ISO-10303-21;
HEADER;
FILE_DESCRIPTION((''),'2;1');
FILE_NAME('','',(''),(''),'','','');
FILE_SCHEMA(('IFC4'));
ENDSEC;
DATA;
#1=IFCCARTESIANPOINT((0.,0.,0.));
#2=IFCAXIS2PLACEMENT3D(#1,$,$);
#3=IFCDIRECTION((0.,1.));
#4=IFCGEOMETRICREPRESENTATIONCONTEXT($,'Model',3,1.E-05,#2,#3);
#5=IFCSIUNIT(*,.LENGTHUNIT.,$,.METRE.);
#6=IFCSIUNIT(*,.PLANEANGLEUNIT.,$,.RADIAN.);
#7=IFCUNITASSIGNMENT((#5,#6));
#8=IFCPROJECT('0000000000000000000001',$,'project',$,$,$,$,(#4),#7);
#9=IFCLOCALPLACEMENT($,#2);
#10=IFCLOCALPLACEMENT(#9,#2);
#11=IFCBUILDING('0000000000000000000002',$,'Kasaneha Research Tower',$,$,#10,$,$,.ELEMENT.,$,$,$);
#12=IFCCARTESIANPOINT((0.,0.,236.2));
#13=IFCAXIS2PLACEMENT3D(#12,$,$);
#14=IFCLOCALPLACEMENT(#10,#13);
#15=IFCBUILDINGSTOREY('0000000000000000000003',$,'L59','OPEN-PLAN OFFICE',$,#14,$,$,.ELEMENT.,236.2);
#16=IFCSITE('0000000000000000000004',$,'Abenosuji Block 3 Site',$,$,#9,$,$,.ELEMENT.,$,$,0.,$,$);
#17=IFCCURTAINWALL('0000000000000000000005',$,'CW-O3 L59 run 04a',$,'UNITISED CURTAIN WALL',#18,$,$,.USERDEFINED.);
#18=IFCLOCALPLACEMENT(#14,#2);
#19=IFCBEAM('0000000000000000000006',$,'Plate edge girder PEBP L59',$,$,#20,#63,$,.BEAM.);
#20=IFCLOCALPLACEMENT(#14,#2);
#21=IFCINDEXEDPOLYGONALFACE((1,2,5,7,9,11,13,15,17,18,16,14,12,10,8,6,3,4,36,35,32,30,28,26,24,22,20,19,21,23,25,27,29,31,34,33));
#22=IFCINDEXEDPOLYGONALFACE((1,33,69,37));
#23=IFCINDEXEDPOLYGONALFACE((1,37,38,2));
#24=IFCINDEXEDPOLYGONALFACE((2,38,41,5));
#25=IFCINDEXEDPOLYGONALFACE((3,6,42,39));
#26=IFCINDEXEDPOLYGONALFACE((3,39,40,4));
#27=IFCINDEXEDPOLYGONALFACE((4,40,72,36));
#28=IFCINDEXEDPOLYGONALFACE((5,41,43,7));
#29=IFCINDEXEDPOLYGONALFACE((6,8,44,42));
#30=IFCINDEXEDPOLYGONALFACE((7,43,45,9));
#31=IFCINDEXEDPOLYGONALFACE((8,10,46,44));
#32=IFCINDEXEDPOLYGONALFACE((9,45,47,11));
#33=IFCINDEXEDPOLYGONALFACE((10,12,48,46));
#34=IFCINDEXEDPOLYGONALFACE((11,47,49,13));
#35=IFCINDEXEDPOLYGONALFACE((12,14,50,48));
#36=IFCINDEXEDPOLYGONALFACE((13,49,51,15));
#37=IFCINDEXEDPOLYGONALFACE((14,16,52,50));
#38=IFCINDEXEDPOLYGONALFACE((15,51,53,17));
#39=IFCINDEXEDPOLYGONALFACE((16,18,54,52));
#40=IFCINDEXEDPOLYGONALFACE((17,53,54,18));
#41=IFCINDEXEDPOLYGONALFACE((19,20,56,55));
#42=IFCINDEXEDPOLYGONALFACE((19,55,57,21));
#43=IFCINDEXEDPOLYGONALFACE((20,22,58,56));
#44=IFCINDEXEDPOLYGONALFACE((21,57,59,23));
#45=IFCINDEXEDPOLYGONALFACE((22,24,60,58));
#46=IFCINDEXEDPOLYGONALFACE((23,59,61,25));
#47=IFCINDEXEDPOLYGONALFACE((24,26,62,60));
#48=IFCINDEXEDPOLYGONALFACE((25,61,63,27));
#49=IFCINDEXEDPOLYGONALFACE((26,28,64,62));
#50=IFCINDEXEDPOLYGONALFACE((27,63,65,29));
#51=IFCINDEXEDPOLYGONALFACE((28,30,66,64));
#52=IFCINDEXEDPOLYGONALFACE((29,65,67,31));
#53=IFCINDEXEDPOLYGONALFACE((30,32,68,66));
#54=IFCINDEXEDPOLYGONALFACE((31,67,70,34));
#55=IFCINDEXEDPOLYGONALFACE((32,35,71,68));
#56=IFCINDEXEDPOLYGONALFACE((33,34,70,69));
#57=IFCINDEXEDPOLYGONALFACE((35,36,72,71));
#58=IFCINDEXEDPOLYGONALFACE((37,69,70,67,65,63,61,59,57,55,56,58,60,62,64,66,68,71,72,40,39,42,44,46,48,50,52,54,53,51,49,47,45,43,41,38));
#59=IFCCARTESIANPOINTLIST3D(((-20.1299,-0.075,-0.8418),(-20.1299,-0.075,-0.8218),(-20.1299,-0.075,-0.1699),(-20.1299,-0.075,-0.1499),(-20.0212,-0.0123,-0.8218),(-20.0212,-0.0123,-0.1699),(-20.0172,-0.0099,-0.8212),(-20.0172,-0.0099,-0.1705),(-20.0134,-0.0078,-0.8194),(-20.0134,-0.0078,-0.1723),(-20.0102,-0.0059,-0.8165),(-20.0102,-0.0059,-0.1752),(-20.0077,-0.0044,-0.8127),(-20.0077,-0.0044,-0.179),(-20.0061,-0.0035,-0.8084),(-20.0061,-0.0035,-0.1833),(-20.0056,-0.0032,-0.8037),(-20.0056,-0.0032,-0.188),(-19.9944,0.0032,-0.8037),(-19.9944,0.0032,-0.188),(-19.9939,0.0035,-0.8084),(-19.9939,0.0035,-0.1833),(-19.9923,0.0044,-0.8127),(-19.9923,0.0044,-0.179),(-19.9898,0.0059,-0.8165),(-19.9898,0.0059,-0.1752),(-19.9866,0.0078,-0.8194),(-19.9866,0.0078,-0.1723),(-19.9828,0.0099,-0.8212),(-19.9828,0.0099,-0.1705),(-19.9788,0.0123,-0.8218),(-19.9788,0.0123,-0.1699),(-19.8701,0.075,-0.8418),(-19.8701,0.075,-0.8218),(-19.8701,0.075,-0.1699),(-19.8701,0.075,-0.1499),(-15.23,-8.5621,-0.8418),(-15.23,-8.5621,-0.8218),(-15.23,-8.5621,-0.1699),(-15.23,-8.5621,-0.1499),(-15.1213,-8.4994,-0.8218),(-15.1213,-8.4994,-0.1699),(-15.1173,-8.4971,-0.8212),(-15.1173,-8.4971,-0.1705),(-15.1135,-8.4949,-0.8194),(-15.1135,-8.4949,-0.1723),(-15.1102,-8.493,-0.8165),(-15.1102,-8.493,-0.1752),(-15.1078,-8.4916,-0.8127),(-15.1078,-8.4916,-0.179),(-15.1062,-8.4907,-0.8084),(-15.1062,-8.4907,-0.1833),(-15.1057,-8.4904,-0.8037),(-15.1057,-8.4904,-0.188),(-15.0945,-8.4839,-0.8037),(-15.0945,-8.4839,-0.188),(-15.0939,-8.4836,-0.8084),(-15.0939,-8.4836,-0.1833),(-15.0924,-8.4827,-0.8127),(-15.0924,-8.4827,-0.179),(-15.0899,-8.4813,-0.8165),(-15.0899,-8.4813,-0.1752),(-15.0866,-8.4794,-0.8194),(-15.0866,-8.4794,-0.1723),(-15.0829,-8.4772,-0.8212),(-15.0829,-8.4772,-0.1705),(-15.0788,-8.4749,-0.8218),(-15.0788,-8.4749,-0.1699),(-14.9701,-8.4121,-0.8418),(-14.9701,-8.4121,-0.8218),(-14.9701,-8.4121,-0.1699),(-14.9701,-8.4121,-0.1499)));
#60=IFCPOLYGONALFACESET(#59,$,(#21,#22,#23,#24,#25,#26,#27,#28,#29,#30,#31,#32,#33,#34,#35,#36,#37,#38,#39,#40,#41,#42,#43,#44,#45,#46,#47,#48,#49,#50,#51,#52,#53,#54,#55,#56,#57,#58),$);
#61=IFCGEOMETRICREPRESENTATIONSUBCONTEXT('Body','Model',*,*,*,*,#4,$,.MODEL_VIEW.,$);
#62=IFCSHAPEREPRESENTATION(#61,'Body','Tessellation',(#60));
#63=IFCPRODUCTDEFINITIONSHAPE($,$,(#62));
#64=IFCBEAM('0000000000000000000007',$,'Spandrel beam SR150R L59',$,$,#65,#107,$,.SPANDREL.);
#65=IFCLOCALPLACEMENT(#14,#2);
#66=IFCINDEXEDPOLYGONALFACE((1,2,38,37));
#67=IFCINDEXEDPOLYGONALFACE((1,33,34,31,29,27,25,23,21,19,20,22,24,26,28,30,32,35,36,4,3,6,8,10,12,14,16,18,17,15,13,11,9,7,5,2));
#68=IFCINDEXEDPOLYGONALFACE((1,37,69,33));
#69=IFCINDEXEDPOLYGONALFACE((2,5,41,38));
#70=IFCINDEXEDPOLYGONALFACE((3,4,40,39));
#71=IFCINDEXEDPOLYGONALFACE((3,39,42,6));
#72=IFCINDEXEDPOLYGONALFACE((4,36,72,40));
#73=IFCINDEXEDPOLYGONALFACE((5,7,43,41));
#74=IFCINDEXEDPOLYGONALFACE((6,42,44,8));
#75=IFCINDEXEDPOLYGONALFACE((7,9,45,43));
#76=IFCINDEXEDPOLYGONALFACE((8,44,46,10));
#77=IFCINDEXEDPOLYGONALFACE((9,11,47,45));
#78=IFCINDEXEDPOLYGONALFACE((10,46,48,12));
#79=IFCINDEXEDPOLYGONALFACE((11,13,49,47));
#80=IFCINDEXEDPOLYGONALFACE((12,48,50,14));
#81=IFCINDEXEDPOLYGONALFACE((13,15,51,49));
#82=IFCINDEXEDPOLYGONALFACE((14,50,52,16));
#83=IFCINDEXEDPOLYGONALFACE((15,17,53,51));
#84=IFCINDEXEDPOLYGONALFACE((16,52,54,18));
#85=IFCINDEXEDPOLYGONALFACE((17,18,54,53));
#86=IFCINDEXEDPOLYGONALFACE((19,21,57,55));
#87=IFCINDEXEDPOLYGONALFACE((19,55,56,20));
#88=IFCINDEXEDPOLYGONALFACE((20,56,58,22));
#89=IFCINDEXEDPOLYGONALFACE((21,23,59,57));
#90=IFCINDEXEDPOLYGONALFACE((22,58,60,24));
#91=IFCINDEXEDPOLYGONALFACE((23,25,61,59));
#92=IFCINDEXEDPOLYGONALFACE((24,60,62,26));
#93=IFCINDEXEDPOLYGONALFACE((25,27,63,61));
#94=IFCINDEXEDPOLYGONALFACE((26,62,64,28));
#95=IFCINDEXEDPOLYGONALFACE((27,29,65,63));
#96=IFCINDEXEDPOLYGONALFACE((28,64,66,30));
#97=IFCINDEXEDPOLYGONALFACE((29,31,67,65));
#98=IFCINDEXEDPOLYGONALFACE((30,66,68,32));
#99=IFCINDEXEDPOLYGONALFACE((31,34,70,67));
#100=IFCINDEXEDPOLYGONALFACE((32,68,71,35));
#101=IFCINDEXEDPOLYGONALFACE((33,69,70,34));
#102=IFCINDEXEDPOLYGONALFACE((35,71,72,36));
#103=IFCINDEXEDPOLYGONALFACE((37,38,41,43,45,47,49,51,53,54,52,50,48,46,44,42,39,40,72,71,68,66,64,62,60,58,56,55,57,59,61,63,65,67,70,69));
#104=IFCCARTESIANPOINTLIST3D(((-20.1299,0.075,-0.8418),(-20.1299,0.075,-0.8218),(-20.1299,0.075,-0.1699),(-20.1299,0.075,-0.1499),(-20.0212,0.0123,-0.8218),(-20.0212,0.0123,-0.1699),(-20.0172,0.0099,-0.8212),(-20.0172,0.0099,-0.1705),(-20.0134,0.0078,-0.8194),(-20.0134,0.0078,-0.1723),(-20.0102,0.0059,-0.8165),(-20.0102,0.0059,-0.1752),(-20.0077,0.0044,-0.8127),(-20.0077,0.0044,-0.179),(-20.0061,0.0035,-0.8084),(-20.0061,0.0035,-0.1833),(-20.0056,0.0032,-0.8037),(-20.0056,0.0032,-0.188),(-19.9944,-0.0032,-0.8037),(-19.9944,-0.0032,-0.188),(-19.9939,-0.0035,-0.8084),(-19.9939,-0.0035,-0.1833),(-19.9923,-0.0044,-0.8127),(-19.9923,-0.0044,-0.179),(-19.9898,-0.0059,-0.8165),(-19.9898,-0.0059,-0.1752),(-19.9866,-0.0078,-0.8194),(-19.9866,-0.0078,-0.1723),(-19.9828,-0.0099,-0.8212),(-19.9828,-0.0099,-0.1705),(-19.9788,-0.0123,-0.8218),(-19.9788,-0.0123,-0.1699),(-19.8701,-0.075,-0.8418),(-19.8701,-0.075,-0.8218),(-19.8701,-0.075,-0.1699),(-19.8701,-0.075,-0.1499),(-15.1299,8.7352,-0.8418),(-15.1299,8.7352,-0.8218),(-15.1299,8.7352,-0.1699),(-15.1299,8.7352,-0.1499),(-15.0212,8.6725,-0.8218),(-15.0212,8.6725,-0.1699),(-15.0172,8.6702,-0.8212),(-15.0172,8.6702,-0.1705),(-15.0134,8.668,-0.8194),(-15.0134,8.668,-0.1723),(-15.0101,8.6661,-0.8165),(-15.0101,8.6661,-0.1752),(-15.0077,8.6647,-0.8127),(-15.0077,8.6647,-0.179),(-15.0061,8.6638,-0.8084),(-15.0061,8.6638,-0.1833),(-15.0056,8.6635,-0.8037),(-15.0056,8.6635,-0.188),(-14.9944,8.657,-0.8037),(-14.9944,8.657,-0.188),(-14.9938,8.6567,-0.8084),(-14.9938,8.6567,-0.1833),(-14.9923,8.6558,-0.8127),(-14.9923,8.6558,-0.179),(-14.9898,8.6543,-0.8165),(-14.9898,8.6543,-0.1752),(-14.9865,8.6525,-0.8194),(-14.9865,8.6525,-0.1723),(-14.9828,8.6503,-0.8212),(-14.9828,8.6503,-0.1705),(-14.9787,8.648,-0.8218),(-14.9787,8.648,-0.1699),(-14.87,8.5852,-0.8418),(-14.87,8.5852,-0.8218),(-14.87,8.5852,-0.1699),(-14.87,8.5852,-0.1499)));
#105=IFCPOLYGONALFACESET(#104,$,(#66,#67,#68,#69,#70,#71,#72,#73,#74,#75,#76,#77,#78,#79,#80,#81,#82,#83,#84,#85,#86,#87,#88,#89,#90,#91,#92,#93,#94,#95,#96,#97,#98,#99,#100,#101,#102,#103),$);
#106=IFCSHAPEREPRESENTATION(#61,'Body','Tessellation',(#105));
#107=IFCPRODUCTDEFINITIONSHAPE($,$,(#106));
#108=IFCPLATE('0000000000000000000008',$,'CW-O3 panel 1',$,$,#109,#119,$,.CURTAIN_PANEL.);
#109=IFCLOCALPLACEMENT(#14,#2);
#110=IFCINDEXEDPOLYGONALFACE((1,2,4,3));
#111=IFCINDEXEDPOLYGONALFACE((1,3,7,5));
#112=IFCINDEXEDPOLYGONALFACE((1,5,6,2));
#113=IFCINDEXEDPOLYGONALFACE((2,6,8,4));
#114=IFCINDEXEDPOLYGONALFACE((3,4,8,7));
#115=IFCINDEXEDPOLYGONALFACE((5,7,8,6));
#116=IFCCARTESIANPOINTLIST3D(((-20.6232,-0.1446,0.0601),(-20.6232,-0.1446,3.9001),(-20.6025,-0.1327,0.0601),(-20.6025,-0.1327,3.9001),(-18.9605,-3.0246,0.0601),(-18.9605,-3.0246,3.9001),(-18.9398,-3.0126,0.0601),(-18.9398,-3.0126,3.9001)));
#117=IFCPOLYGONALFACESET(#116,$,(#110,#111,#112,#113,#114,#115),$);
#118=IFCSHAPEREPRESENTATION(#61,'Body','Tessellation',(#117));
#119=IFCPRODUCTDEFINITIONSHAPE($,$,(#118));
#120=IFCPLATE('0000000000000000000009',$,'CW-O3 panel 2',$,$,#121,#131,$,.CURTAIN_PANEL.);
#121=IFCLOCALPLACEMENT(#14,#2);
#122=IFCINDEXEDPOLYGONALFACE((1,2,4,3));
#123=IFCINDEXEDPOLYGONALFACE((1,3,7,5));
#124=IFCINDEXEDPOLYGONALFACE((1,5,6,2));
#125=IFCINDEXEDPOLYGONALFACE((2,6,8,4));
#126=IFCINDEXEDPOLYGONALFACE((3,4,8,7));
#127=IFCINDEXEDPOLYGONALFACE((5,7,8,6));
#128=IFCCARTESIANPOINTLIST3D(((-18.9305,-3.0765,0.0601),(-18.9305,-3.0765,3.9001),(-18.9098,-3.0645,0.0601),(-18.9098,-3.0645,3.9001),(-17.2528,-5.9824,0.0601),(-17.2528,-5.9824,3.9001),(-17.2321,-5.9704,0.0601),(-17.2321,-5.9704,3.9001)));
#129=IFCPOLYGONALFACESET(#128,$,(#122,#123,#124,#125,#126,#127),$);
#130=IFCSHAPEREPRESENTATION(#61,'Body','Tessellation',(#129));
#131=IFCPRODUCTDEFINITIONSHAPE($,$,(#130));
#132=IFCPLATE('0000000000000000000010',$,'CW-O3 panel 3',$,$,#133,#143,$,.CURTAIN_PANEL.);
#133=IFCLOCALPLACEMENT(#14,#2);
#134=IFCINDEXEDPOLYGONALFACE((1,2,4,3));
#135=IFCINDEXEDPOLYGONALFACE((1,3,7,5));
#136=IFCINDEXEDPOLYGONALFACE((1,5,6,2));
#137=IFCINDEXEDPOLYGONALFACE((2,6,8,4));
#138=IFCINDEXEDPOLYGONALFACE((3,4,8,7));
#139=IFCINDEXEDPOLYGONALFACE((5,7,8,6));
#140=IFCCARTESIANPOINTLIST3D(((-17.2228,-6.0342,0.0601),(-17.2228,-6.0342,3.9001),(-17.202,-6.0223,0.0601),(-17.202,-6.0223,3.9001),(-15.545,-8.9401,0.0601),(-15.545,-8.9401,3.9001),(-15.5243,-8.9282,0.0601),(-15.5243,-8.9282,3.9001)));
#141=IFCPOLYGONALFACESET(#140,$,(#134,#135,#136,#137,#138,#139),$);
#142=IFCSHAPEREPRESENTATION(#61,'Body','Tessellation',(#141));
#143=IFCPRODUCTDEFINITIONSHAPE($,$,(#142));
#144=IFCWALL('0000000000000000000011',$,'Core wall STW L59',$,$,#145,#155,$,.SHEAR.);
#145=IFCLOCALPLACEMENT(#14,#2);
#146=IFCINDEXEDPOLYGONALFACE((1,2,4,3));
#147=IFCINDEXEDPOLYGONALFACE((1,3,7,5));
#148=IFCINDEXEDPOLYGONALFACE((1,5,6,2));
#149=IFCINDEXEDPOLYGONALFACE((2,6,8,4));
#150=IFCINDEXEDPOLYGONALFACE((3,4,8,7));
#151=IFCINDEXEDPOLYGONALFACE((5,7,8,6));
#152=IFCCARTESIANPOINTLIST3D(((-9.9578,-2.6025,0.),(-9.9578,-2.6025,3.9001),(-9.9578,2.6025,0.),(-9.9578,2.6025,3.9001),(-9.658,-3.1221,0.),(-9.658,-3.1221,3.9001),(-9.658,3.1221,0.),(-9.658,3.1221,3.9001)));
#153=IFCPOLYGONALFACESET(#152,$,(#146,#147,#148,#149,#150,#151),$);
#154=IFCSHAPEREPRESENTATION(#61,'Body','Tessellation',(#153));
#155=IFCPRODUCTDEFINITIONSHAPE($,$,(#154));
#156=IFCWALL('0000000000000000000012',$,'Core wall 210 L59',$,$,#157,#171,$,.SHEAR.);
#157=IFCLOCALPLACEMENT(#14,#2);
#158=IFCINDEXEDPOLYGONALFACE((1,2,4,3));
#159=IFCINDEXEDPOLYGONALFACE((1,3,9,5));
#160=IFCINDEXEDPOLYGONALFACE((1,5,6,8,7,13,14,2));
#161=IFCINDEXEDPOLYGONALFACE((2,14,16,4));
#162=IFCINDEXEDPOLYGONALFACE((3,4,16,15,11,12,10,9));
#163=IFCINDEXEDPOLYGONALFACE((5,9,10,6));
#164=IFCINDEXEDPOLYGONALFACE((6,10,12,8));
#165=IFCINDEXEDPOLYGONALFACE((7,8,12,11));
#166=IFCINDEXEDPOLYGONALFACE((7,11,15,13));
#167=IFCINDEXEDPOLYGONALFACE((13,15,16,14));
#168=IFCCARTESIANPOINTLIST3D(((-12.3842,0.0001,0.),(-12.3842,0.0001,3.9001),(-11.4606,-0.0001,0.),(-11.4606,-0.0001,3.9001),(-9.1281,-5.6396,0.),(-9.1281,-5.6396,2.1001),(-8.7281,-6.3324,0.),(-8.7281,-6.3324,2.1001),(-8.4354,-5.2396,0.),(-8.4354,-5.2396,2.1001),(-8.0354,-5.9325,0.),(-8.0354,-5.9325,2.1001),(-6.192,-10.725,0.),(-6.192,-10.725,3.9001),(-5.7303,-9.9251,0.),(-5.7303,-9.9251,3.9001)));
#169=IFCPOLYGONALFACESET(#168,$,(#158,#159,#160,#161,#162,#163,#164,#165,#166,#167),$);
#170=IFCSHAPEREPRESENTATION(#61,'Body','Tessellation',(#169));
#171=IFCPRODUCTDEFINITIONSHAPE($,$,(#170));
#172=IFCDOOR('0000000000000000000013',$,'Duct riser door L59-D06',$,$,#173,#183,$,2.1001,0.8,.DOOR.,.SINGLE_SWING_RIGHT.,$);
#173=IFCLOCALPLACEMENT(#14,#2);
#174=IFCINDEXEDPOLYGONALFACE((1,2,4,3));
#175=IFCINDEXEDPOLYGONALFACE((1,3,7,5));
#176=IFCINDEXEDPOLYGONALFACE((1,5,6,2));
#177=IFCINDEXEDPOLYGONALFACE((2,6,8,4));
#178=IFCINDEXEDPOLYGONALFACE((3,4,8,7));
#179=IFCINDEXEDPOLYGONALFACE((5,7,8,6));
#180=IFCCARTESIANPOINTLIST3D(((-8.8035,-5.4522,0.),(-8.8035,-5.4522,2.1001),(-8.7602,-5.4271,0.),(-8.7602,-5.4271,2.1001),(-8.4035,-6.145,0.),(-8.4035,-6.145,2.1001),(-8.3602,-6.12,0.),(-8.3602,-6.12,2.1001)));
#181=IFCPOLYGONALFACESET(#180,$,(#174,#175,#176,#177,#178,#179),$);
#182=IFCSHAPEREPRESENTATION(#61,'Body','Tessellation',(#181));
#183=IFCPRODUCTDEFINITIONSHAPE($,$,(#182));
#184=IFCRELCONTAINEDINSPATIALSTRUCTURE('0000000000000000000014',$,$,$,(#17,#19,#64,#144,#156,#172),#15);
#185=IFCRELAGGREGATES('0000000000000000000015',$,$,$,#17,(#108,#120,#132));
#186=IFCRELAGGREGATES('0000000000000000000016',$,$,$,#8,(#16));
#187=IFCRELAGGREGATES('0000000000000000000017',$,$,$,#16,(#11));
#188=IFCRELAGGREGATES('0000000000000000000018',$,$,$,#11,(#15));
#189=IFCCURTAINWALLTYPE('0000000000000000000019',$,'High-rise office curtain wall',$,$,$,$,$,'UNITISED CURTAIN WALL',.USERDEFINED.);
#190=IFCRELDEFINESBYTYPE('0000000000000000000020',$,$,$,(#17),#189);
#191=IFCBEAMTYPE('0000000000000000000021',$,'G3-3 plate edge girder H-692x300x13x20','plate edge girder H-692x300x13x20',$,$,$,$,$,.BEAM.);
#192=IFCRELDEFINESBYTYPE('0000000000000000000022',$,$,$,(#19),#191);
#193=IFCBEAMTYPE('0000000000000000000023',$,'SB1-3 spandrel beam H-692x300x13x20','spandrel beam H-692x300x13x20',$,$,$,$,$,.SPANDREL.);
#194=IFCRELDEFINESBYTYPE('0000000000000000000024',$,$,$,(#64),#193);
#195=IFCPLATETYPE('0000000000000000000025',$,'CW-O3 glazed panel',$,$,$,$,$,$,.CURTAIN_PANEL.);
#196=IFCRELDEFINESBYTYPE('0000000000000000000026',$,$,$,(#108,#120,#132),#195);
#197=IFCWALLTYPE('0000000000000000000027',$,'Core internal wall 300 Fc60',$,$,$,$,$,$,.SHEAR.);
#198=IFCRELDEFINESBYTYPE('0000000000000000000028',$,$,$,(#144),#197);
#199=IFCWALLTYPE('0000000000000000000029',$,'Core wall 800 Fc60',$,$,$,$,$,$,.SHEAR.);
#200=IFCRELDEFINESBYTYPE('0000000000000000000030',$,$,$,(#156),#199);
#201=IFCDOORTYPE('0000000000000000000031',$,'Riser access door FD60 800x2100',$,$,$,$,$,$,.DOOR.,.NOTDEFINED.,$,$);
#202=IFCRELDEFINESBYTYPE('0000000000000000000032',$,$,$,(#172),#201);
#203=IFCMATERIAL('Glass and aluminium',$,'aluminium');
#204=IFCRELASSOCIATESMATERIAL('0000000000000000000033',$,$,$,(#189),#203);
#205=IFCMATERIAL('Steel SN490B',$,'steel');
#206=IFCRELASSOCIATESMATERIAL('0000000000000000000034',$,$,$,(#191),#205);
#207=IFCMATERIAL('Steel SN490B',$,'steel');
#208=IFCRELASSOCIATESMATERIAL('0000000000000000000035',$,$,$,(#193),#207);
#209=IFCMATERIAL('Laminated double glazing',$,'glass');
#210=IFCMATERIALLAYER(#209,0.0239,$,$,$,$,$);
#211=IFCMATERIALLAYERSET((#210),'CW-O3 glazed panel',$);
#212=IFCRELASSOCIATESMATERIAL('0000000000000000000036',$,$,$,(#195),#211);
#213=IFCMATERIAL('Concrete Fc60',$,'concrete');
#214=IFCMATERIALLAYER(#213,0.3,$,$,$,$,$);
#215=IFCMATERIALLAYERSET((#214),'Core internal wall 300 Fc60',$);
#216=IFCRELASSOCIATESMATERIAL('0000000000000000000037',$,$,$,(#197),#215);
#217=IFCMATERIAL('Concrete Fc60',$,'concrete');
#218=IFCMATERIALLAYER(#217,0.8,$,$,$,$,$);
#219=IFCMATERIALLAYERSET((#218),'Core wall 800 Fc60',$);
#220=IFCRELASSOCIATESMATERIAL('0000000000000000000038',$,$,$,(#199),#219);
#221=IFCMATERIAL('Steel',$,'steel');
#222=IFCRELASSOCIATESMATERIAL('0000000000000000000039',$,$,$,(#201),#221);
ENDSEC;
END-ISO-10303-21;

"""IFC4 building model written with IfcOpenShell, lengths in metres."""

from ifc_helpers import new_model, si_unit, direction, frame, frame_2d, origin, origin_2d, place, context, subcontext, project, spatial, polyline, rectangle, i_section, outline, extrude, material, layer, layer_set, material_profile, profile_set, type_object, element, fill, aggregate, save


model = new_model("IFC4")

# Units and contexts
model_context = context("Model", 3, precision=1e-05, world=origin(), true_north=direction((0.0, 1.0)))
body_context = subcontext(model_context, "Body", "Model", "MODEL_VIEW")
ifc_project = project(units=[si_unit("LENGTHUNIT", "METRE"), si_unit("PLANEANGLEUNIT", "RADIAN")], contexts=[model_context])

# Site, building, storey
site_placement = place(None, origin())
site = spatial("IfcSite", under=ifc_project, at=site_placement, Name="Abenosuji Block 3 Site", CompositionType="ELEMENT", RefElevation=0.0)
building_placement = place(site_placement, origin())
building = spatial("IfcBuilding", under=site, at=building_placement, Name="Kasaneha Research Tower", CompositionType="ELEMENT")
storey_placement = place(building_placement, frame((0.0, 0.0, 236.2)))
storey = spatial("IfcBuildingStorey", under=building, at=storey_placement, Name="L59", Description="OPEN-PLAN OFFICE", CompositionType="ELEMENT", Elevation=236.2)

# Curtain wall
ifc_material_1 = material(Name="Glass and aluminium", Category="aluminium")
curtain_wall_type = type_object("IfcCurtainWallType", Name="High-rise office curtain wall", ElementType="UNITISED CURTAIN WALL", PredefinedType="USERDEFINED", material=ifc_material_1)
curtain_wall_placement = place(storey_placement, origin())
curtain_wall = element("IfcCurtainWall", 1, at=curtain_wall_placement, inside=storey, type_object=curtain_wall_type, Name="CW-O3 L59 run 04a", ObjectType="UNITISED CURTAIN WALL", PredefinedType="USERDEFINED")

# Beams
ifc_material_2 = material(Name="Steel SN490B", Category="steel")
ifc_material_profile_1 = material_profile(ifc_material_2, i_section(OverallWidth=0.3, OverallDepth=0.6919, WebThickness=0.0129, FlangeThickness=0.02, FilletRadius=0.0181, at=origin_2d()), Name="H-692x300x13x20")
ifc_profile_set_1 = profile_set([ifc_material_profile_1], Name="Steel SN490B")
beam_type_1 = type_object("IfcBeamType", Name="G3-3 plate edge girder H-692x300x13x20", Description="plate edge girder H-692x300x13x20", PredefinedType="BEAM", material=ifc_profile_set_1)
beam_1_placement = place(storey_placement, frame((-20.0, 0.0, -0.4958), z_axis=(0.499992, -0.86603, 0.0), x_axis=(0.86603, 0.499992, 0.0)))
element("IfcBeam", 2, at=beam_1_placement, inside=storey, type_object=beam_type_1, Name="Plate edge girder PEBP L59", PredefinedType="BEAM", context=body_context, shape_type="SweptSolid", body=[
    extrude(i_section(OverallWidth=0.3, OverallDepth=0.6919, WebThickness=0.0129, FlangeThickness=0.02, FilletRadius=0.0181, at=origin_2d()), origin(), (0.0, 0.0, 1.0), 9.8),
])
ifc_material_3 = material(Name="Steel SN490B", Category="steel")
ifc_material_profile_2 = material_profile(ifc_material_3, i_section(OverallWidth=0.3, OverallDepth=0.6919, WebThickness=0.0129, FlangeThickness=0.02, FilletRadius=0.0181, at=origin_2d()), Name="H-692x300x13x20")
ifc_profile_set_2 = profile_set([ifc_material_profile_2], Name="Steel SN490B")
beam_type_2 = type_object("IfcBeamType", Name="SB1-3 spandrel beam H-692x300x13x20", Description="spandrel beam H-692x300x13x20", PredefinedType="SPANDREL", material=ifc_profile_set_2)
beam_2_placement = place(storey_placement, frame((-20.0, 0.0, -0.4958), z_axis=(0.500004, 0.866023, 0.0), x_axis=(-0.866023, 0.500004, 0.0)))
element("IfcBeam", 3, at=beam_2_placement, inside=storey, type_object=beam_type_2, Name="Spandrel beam SR150R L59", PredefinedType="SPANDREL", context=body_context, shape_type="SweptSolid", body=[
    extrude(i_section(OverallWidth=0.3, OverallDepth=0.6919, WebThickness=0.0129, FlangeThickness=0.02, FilletRadius=0.0181, at=origin_2d()), origin(), (0.0, 0.0, 1.0), 10.0),
])

# Plates
ifc_material_4 = material(Name="Laminated double glazing", Category="glass")
ifc_layer_1 = layer(ifc_material_4, 0.0239)
ifc_layer_set_1 = layer_set([ifc_layer_1], Name="CW-O3 glazed panel")
plate_type = type_object("IfcPlateType", Name="CW-O3 glazed panel", PredefinedType="CURTAIN_PANEL", material=ifc_layer_set_1)
plate_1_placement = place(storey_placement, frame((-19.7815, -1.5786, 0.0601), z_axis=(0.0, 0.0, 1.0), x_axis=(0.5, -0.866025, 0.0)))
plate_1 = element("IfcPlate", 4, at=plate_1_placement, type_object=plate_type, Name="CW-O3 panel 1", PredefinedType="CURTAIN_PANEL", context=body_context, shape_type="SweptSolid", body=[
    extrude(rectangle(XDim=3.3254, YDim=0.0239, at=origin_2d()), origin(), (0.0, 0.0, 1.0), 3.8401),
])
plate_2_placement = place(storey_placement, frame((-18.0813, -4.5234, 0.0601), z_axis=(0.0, 0.0, 1.0), x_axis=(0.5, -0.866025, 0.0)))
plate_2 = element("IfcPlate", 5, at=plate_2_placement, type_object=plate_type, Name="CW-O3 panel 2", PredefinedType="CURTAIN_PANEL", context=body_context, shape_type="SweptSolid", body=[
    extrude(rectangle(XDim=3.3555, YDim=0.0239, at=origin_2d()), origin(), (0.0, 0.0, 1.0), 3.8401),
])
plate_3_placement = place(storey_placement, frame((-16.3735, -7.4812, 0.0601), z_axis=(0.0, 0.0, 1.0), x_axis=(0.5, -0.866025, 0.0)))
plate_3 = element("IfcPlate", 6, at=plate_3_placement, type_object=plate_type, Name="CW-O3 panel 3", PredefinedType="CURTAIN_PANEL", context=body_context, shape_type="SweptSolid", body=[
    extrude(rectangle(XDim=3.3555, YDim=0.0239, at=origin_2d()), origin(), (0.0, 0.0, 1.0), 3.8401),
])
aggregate(curtain_wall, [plate_1, plate_2, plate_3])

# Wall
ifc_material_5 = material(Name="Concrete Fc60", Category="concrete")
ifc_layer_2 = layer(ifc_material_5, 0.3)
ifc_layer_set_2 = layer_set([ifc_layer_2], Name="Core internal wall 300 Fc60")
wall_type_1 = type_object("IfcWallType", Name="Core internal wall 300 Fc60", PredefinedType="SHEAR", material=ifc_layer_set_2)
wall_1_placement = place(storey_placement, frame((-9.8079, -2.8623, 0.0), z_axis=(0.0, 0.0, 1.0), x_axis=(0.0, 1.0, 0.0)))
element("IfcWall", 7, at=wall_1_placement, inside=storey, type_object=wall_type_1, Name="Core wall STW L59", PredefinedType="SHEAR", context=body_context, shape_type="SweptSolid", body=[
    extrude(outline(polyline([(-0.2598, -0.1499), (5.9844, -0.1499), (5.4648, 0.1499), (0.2598, 0.1499), (-0.2598, -0.1499)])), origin(), (0.0, 0.0, 1.0), 3.9001),
])

# Wall, opening, door
ifc_material_6 = material(Name="Concrete Fc60", Category="concrete")
ifc_layer_3 = layer(ifc_material_6, 0.8)
ifc_layer_set_3 = layer_set([ifc_layer_3], Name="Core wall 800 Fc60")
wall_type_2 = type_object("IfcWallType", Name="Core wall 800 Fc60", PredefinedType="SHEAR", material=ifc_layer_set_3)
wall_2_placement = place(storey_placement, frame((-11.9224, 0.0, 0.0), z_axis=(0.0, 0.0, 1.0), x_axis=(0.500004, -0.866023, 0.0)))
wall_2 = element("IfcWall", 8, at=wall_2_placement, inside=storey, type_object=wall_type_2, Name="Core wall 210 L59", PredefinedType="SHEAR", context=body_context, shape_type="SweptSolid", body=[
    extrude(outline(polyline([(-0.231, -0.3999), (6.2812, -0.3999), (7.0813, -0.3999), (12.1533, -0.3999), (11.6914, 0.3999), (7.0813, 0.3999), (6.2812, 0.3999), (0.231, 0.3999), (-0.231, -0.3999)])), origin(), (0.0, 0.0, 1.0), 3.9001),
])
opening_1_placement = place(wall_2_placement, frame((6.2812, 0.0, 0.0)))
opening_1 = element("IfcOpeningElement", 9, at=opening_1_placement, cuts=wall_2, PredefinedType="OPENING", context=body_context, shape_type="SweptSolid", body=[
    extrude(rectangle(XDim=0.8, YDim=2.1001, at=frame_2d((0.3999, 1.05))), frame((0.0, 0.4102, 0.0), z_axis=(0.0, -1.0, 0.0), x_axis=(1.0, 0.0, 0.0)), (0.0, 0.0, 1.0), 0.8201),
])
ifc_material_7 = material(Name="Steel", Category="steel")
door_type_1 = type_object("IfcDoorType", Name="Riser access door FD60 800x2100", OperationType="NOTDEFINED", PredefinedType="DOOR", material=ifc_material_7)
door_1_placement = place(opening_1_placement, origin())
door_1 = element("IfcDoor", 10, at=door_1_placement, inside=storey, type_object=door_type_1, Name="Duct riser door L59-D06", OperationType="SINGLE_SWING_RIGHT", OverallHeight=2.1001, OverallWidth=0.8, PredefinedType="DOOR", context=body_context, shape_type="SweptSolid", body=[
    extrude(rectangle(XDim=0.8, YDim=2.1001, at=frame_2d((0.3999, 1.05))), frame((0.0, 0.0249, 0.0), z_axis=(0.0, -1.0, 0.0), x_axis=(1.0, 0.0, 0.0)), (0.0, 0.0, 1.0), 0.05),
])
fill(opening_1, door_1)

save(model, "model.ifc")
